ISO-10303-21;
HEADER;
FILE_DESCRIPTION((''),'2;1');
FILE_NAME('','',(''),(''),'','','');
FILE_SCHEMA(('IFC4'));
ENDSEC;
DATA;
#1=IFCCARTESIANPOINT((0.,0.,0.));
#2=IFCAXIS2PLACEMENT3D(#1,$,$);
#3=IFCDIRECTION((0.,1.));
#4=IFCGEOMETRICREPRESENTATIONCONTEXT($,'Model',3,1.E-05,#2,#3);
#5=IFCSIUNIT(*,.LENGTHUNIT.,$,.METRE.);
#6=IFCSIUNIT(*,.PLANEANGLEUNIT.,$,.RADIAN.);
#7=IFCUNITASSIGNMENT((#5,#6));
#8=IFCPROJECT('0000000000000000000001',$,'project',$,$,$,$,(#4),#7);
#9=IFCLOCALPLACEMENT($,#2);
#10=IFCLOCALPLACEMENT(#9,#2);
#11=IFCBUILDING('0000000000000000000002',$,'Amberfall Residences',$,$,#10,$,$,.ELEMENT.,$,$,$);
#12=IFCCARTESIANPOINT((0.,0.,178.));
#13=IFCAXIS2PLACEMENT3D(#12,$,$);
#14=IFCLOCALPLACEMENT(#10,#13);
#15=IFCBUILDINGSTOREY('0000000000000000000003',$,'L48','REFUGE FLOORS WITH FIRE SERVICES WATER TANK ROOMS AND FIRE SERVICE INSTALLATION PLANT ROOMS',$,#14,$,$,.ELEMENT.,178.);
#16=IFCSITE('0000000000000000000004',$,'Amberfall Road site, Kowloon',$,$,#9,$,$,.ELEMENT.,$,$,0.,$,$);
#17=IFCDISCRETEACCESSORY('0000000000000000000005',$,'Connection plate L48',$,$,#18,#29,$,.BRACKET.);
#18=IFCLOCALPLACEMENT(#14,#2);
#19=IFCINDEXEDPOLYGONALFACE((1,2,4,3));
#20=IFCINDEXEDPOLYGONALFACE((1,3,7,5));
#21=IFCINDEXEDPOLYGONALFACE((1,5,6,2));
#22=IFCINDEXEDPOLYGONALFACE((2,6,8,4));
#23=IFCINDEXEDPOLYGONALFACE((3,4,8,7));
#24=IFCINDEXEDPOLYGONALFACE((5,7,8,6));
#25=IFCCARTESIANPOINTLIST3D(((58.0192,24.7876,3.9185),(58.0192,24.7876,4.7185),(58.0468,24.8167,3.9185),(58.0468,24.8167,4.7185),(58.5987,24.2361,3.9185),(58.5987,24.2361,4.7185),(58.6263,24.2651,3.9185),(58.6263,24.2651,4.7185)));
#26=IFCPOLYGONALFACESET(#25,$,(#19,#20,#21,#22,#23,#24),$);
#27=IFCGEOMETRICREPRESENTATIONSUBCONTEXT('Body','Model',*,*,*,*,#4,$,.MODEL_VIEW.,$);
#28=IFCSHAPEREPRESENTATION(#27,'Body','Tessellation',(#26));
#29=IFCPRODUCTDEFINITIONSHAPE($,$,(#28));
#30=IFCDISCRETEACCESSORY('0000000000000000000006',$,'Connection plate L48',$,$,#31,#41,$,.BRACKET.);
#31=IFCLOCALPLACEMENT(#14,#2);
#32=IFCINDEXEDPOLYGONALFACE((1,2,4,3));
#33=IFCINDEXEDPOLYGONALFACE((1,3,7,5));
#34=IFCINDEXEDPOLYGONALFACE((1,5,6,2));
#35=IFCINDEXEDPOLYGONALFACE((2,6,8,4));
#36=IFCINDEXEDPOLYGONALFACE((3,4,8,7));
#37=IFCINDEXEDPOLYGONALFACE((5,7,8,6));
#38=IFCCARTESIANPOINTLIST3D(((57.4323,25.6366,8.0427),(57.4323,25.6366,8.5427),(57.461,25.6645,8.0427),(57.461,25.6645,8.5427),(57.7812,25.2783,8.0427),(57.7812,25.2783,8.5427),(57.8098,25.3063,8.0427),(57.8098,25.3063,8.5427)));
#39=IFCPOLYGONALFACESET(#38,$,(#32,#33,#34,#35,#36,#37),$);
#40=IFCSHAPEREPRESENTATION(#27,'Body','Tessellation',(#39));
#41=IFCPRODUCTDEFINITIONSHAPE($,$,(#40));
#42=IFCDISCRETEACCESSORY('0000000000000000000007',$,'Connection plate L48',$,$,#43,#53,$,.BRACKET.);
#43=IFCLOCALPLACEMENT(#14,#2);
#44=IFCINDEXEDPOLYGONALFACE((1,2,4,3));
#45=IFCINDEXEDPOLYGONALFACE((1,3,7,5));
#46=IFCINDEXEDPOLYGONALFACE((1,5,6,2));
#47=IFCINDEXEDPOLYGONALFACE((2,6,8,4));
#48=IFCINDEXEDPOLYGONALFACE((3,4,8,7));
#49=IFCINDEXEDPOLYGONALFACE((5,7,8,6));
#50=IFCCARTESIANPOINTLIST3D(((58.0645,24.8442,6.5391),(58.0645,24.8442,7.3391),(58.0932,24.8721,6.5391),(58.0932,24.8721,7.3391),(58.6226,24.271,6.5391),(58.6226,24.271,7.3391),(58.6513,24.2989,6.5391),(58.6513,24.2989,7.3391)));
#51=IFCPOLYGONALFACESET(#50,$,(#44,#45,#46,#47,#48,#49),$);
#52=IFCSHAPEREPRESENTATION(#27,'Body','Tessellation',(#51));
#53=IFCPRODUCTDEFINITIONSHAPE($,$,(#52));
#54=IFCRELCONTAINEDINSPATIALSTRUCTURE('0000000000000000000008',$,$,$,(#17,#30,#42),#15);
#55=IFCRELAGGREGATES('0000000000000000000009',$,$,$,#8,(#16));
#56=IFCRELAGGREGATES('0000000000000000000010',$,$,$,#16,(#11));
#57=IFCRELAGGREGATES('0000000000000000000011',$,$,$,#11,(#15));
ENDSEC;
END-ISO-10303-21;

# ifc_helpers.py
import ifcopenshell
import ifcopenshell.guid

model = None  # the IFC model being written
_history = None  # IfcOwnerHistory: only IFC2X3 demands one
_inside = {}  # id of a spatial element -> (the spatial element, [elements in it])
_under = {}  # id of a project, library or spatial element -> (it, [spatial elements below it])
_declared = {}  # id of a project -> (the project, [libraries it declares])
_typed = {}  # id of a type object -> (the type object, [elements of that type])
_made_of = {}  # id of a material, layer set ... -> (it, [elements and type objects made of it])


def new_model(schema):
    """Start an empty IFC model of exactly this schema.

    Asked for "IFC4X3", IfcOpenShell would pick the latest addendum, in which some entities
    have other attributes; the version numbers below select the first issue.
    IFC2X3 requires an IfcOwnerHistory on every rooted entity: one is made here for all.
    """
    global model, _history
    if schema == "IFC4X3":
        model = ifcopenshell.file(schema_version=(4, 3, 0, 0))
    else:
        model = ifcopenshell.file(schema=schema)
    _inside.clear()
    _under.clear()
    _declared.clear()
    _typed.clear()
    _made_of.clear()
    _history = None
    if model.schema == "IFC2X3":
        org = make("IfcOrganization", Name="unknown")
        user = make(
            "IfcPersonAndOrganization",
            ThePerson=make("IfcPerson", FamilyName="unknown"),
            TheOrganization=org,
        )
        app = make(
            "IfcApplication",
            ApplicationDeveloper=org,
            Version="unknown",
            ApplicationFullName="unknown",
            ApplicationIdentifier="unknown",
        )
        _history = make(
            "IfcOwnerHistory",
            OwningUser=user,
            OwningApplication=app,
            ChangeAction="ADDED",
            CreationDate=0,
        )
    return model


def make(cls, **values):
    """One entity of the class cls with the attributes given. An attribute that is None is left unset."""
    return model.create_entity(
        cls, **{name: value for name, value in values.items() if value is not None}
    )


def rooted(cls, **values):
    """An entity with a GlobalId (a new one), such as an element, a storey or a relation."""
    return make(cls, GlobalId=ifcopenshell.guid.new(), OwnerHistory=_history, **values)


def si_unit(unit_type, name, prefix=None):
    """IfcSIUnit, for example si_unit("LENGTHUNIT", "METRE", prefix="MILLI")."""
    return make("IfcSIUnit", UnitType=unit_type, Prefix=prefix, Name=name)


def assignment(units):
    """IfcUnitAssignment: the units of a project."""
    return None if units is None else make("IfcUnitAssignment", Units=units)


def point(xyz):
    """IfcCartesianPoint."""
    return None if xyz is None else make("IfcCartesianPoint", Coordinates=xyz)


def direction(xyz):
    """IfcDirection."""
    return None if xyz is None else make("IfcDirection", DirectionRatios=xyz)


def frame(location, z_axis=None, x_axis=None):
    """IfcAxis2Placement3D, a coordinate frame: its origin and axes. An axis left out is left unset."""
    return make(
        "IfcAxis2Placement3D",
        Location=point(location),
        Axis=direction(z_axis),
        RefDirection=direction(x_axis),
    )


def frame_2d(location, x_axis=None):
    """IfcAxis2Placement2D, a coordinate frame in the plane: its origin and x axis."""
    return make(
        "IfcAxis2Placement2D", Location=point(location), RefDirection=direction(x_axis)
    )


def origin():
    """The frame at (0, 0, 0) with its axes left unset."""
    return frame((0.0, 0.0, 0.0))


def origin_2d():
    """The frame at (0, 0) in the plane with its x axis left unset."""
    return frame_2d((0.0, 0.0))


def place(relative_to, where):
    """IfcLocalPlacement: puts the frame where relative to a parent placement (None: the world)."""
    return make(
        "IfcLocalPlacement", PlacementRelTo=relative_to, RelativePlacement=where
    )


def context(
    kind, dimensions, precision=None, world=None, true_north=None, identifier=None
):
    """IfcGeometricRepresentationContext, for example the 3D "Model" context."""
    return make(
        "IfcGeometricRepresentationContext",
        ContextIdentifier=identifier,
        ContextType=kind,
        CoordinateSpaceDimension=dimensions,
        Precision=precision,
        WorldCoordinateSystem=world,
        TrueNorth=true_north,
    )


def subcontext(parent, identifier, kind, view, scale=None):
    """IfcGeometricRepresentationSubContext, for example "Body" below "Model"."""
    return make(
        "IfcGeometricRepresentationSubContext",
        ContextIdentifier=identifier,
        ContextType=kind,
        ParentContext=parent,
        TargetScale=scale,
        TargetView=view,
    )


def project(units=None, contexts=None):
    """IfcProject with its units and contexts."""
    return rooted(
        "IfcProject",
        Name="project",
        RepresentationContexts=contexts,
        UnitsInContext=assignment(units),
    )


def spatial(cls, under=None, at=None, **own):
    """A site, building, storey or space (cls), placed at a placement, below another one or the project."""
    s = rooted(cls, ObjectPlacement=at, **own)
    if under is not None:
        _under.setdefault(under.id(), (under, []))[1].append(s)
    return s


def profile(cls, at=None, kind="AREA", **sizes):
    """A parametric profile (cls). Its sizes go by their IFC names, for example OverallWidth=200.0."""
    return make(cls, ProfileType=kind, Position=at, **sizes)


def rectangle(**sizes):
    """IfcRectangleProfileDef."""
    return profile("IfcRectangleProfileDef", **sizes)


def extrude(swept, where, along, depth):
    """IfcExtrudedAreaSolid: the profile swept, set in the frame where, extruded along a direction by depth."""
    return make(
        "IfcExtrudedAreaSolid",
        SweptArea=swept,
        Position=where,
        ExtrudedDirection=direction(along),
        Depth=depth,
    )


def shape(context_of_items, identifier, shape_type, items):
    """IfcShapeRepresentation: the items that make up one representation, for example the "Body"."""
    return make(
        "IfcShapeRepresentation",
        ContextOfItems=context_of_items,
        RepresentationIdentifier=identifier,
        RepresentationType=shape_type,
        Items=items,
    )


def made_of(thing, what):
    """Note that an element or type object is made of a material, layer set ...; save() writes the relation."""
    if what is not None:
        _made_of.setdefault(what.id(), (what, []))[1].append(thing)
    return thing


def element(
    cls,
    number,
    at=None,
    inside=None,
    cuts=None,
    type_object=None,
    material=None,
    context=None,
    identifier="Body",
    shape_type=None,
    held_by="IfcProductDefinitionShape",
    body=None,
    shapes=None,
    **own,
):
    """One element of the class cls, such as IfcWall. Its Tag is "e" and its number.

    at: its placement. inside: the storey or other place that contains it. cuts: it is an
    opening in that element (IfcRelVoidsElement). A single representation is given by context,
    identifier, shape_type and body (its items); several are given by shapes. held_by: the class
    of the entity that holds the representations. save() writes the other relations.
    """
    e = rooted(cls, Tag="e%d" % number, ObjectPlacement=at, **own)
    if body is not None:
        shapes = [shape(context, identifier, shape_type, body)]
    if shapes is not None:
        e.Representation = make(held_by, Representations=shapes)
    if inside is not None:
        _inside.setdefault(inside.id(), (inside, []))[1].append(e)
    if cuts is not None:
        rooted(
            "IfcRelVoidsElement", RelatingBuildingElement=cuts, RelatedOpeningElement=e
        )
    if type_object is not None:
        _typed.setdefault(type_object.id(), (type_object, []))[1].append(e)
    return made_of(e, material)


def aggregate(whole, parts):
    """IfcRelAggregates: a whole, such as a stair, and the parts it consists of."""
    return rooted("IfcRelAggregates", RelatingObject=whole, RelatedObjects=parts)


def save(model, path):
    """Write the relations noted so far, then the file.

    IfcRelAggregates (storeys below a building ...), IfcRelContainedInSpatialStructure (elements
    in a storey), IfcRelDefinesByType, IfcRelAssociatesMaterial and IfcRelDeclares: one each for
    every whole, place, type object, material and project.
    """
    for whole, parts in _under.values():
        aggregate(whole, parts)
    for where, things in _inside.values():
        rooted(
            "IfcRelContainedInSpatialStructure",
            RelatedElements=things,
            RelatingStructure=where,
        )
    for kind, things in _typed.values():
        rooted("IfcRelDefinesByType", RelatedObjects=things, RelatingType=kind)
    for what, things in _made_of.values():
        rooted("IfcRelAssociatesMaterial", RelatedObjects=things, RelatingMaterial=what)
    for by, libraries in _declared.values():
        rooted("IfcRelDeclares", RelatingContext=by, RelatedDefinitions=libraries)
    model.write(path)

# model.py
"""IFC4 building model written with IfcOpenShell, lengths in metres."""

from ifc_helpers import new_model, si_unit, direction, frame, origin, origin_2d, place, context, subcontext, project, spatial, rectangle, extrude, element, save


model = new_model("IFC4")

# Units and contexts
model_context = context("Model", 3, precision=1e-05, world=origin(), true_north=direction((0.0, 1.0)))
body_context = subcontext(model_context, "Body", "Model", "MODEL_VIEW")
ifc_project = project(units=[si_unit("LENGTHUNIT", "METRE"), si_unit("PLANEANGLEUNIT", "RADIAN")], contexts=[model_context])

# Site, building, storey
site_placement = place(None, origin())
site = spatial("IfcSite", under=ifc_project, at=site_placement, Name="Amberfall Road site, Kowloon", CompositionType="ELEMENT", RefElevation=0.0)
building_placement = place(site_placement, origin())
building = spatial("IfcBuilding", under=site, at=building_placement, Name="Amberfall Residences", CompositionType="ELEMENT")
storey_placement = place(building_placement, frame((0.0, 0.0, 178.0)))
storey = spatial("IfcBuildingStorey", under=building, at=storey_placement, Name="L48", Description="REFUGE FLOORS WITH FIRE SERVICES WATER TANK ROOMS AND FIRE SERVICE INSTALLATION PLANT ROOMS", CompositionType="ELEMENT", Elevation=178.0)

# Discrete accessories
discrete_accessory_1_placement = place(storey_placement, frame((58.3228, 24.5264, 3.9185), z_axis=(0.0, 0.0, 1.0), x_axis=(0.724364, -0.689417, 0.0)))
element("IfcDiscreteAccessory", 1, at=discrete_accessory_1_placement, inside=storey, Name="Connection plate L48", PredefinedType="BRACKET", context=body_context, shape_type="SweptSolid", body=[
    extrude(rectangle(XDim=0.8, YDim=0.04, at=origin_2d()), origin(), (0.0, 0.0, 1.0), 0.8),
])
discrete_accessory_2_placement = place(storey_placement, frame((57.6211, 25.4714, 8.0427), z_axis=(0.0, 0.0, 1.0), x_axis=(0.697603, -0.716485, 0.0)))
element("IfcDiscreteAccessory", 2, at=discrete_accessory_2_placement, inside=storey, Name="Connection plate L48", PredefinedType="BRACKET", context=body_context, shape_type="SweptSolid", body=[
    extrude(rectangle(XDim=0.5, YDim=0.04, at=origin_2d()), origin(), (0.0, 0.0, 1.0), 0.5),
])
discrete_accessory_3_placement = place(storey_placement, frame((58.3579, 24.5715, 6.5391), z_axis=(0.0, 0.0, 1.0), x_axis=(0.697603, -0.716485, 0.0)))
element("IfcDiscreteAccessory", 3, at=discrete_accessory_3_placement, inside=storey, Name="Connection plate L48", PredefinedType="BRACKET", context=body_context, shape_type="SweptSolid", body=[
    extrude(rectangle(XDim=0.8, YDim=0.04, at=origin_2d()), origin(), (0.0, 0.0, 1.0), 0.8),
])

save(model, "model.ifc")
